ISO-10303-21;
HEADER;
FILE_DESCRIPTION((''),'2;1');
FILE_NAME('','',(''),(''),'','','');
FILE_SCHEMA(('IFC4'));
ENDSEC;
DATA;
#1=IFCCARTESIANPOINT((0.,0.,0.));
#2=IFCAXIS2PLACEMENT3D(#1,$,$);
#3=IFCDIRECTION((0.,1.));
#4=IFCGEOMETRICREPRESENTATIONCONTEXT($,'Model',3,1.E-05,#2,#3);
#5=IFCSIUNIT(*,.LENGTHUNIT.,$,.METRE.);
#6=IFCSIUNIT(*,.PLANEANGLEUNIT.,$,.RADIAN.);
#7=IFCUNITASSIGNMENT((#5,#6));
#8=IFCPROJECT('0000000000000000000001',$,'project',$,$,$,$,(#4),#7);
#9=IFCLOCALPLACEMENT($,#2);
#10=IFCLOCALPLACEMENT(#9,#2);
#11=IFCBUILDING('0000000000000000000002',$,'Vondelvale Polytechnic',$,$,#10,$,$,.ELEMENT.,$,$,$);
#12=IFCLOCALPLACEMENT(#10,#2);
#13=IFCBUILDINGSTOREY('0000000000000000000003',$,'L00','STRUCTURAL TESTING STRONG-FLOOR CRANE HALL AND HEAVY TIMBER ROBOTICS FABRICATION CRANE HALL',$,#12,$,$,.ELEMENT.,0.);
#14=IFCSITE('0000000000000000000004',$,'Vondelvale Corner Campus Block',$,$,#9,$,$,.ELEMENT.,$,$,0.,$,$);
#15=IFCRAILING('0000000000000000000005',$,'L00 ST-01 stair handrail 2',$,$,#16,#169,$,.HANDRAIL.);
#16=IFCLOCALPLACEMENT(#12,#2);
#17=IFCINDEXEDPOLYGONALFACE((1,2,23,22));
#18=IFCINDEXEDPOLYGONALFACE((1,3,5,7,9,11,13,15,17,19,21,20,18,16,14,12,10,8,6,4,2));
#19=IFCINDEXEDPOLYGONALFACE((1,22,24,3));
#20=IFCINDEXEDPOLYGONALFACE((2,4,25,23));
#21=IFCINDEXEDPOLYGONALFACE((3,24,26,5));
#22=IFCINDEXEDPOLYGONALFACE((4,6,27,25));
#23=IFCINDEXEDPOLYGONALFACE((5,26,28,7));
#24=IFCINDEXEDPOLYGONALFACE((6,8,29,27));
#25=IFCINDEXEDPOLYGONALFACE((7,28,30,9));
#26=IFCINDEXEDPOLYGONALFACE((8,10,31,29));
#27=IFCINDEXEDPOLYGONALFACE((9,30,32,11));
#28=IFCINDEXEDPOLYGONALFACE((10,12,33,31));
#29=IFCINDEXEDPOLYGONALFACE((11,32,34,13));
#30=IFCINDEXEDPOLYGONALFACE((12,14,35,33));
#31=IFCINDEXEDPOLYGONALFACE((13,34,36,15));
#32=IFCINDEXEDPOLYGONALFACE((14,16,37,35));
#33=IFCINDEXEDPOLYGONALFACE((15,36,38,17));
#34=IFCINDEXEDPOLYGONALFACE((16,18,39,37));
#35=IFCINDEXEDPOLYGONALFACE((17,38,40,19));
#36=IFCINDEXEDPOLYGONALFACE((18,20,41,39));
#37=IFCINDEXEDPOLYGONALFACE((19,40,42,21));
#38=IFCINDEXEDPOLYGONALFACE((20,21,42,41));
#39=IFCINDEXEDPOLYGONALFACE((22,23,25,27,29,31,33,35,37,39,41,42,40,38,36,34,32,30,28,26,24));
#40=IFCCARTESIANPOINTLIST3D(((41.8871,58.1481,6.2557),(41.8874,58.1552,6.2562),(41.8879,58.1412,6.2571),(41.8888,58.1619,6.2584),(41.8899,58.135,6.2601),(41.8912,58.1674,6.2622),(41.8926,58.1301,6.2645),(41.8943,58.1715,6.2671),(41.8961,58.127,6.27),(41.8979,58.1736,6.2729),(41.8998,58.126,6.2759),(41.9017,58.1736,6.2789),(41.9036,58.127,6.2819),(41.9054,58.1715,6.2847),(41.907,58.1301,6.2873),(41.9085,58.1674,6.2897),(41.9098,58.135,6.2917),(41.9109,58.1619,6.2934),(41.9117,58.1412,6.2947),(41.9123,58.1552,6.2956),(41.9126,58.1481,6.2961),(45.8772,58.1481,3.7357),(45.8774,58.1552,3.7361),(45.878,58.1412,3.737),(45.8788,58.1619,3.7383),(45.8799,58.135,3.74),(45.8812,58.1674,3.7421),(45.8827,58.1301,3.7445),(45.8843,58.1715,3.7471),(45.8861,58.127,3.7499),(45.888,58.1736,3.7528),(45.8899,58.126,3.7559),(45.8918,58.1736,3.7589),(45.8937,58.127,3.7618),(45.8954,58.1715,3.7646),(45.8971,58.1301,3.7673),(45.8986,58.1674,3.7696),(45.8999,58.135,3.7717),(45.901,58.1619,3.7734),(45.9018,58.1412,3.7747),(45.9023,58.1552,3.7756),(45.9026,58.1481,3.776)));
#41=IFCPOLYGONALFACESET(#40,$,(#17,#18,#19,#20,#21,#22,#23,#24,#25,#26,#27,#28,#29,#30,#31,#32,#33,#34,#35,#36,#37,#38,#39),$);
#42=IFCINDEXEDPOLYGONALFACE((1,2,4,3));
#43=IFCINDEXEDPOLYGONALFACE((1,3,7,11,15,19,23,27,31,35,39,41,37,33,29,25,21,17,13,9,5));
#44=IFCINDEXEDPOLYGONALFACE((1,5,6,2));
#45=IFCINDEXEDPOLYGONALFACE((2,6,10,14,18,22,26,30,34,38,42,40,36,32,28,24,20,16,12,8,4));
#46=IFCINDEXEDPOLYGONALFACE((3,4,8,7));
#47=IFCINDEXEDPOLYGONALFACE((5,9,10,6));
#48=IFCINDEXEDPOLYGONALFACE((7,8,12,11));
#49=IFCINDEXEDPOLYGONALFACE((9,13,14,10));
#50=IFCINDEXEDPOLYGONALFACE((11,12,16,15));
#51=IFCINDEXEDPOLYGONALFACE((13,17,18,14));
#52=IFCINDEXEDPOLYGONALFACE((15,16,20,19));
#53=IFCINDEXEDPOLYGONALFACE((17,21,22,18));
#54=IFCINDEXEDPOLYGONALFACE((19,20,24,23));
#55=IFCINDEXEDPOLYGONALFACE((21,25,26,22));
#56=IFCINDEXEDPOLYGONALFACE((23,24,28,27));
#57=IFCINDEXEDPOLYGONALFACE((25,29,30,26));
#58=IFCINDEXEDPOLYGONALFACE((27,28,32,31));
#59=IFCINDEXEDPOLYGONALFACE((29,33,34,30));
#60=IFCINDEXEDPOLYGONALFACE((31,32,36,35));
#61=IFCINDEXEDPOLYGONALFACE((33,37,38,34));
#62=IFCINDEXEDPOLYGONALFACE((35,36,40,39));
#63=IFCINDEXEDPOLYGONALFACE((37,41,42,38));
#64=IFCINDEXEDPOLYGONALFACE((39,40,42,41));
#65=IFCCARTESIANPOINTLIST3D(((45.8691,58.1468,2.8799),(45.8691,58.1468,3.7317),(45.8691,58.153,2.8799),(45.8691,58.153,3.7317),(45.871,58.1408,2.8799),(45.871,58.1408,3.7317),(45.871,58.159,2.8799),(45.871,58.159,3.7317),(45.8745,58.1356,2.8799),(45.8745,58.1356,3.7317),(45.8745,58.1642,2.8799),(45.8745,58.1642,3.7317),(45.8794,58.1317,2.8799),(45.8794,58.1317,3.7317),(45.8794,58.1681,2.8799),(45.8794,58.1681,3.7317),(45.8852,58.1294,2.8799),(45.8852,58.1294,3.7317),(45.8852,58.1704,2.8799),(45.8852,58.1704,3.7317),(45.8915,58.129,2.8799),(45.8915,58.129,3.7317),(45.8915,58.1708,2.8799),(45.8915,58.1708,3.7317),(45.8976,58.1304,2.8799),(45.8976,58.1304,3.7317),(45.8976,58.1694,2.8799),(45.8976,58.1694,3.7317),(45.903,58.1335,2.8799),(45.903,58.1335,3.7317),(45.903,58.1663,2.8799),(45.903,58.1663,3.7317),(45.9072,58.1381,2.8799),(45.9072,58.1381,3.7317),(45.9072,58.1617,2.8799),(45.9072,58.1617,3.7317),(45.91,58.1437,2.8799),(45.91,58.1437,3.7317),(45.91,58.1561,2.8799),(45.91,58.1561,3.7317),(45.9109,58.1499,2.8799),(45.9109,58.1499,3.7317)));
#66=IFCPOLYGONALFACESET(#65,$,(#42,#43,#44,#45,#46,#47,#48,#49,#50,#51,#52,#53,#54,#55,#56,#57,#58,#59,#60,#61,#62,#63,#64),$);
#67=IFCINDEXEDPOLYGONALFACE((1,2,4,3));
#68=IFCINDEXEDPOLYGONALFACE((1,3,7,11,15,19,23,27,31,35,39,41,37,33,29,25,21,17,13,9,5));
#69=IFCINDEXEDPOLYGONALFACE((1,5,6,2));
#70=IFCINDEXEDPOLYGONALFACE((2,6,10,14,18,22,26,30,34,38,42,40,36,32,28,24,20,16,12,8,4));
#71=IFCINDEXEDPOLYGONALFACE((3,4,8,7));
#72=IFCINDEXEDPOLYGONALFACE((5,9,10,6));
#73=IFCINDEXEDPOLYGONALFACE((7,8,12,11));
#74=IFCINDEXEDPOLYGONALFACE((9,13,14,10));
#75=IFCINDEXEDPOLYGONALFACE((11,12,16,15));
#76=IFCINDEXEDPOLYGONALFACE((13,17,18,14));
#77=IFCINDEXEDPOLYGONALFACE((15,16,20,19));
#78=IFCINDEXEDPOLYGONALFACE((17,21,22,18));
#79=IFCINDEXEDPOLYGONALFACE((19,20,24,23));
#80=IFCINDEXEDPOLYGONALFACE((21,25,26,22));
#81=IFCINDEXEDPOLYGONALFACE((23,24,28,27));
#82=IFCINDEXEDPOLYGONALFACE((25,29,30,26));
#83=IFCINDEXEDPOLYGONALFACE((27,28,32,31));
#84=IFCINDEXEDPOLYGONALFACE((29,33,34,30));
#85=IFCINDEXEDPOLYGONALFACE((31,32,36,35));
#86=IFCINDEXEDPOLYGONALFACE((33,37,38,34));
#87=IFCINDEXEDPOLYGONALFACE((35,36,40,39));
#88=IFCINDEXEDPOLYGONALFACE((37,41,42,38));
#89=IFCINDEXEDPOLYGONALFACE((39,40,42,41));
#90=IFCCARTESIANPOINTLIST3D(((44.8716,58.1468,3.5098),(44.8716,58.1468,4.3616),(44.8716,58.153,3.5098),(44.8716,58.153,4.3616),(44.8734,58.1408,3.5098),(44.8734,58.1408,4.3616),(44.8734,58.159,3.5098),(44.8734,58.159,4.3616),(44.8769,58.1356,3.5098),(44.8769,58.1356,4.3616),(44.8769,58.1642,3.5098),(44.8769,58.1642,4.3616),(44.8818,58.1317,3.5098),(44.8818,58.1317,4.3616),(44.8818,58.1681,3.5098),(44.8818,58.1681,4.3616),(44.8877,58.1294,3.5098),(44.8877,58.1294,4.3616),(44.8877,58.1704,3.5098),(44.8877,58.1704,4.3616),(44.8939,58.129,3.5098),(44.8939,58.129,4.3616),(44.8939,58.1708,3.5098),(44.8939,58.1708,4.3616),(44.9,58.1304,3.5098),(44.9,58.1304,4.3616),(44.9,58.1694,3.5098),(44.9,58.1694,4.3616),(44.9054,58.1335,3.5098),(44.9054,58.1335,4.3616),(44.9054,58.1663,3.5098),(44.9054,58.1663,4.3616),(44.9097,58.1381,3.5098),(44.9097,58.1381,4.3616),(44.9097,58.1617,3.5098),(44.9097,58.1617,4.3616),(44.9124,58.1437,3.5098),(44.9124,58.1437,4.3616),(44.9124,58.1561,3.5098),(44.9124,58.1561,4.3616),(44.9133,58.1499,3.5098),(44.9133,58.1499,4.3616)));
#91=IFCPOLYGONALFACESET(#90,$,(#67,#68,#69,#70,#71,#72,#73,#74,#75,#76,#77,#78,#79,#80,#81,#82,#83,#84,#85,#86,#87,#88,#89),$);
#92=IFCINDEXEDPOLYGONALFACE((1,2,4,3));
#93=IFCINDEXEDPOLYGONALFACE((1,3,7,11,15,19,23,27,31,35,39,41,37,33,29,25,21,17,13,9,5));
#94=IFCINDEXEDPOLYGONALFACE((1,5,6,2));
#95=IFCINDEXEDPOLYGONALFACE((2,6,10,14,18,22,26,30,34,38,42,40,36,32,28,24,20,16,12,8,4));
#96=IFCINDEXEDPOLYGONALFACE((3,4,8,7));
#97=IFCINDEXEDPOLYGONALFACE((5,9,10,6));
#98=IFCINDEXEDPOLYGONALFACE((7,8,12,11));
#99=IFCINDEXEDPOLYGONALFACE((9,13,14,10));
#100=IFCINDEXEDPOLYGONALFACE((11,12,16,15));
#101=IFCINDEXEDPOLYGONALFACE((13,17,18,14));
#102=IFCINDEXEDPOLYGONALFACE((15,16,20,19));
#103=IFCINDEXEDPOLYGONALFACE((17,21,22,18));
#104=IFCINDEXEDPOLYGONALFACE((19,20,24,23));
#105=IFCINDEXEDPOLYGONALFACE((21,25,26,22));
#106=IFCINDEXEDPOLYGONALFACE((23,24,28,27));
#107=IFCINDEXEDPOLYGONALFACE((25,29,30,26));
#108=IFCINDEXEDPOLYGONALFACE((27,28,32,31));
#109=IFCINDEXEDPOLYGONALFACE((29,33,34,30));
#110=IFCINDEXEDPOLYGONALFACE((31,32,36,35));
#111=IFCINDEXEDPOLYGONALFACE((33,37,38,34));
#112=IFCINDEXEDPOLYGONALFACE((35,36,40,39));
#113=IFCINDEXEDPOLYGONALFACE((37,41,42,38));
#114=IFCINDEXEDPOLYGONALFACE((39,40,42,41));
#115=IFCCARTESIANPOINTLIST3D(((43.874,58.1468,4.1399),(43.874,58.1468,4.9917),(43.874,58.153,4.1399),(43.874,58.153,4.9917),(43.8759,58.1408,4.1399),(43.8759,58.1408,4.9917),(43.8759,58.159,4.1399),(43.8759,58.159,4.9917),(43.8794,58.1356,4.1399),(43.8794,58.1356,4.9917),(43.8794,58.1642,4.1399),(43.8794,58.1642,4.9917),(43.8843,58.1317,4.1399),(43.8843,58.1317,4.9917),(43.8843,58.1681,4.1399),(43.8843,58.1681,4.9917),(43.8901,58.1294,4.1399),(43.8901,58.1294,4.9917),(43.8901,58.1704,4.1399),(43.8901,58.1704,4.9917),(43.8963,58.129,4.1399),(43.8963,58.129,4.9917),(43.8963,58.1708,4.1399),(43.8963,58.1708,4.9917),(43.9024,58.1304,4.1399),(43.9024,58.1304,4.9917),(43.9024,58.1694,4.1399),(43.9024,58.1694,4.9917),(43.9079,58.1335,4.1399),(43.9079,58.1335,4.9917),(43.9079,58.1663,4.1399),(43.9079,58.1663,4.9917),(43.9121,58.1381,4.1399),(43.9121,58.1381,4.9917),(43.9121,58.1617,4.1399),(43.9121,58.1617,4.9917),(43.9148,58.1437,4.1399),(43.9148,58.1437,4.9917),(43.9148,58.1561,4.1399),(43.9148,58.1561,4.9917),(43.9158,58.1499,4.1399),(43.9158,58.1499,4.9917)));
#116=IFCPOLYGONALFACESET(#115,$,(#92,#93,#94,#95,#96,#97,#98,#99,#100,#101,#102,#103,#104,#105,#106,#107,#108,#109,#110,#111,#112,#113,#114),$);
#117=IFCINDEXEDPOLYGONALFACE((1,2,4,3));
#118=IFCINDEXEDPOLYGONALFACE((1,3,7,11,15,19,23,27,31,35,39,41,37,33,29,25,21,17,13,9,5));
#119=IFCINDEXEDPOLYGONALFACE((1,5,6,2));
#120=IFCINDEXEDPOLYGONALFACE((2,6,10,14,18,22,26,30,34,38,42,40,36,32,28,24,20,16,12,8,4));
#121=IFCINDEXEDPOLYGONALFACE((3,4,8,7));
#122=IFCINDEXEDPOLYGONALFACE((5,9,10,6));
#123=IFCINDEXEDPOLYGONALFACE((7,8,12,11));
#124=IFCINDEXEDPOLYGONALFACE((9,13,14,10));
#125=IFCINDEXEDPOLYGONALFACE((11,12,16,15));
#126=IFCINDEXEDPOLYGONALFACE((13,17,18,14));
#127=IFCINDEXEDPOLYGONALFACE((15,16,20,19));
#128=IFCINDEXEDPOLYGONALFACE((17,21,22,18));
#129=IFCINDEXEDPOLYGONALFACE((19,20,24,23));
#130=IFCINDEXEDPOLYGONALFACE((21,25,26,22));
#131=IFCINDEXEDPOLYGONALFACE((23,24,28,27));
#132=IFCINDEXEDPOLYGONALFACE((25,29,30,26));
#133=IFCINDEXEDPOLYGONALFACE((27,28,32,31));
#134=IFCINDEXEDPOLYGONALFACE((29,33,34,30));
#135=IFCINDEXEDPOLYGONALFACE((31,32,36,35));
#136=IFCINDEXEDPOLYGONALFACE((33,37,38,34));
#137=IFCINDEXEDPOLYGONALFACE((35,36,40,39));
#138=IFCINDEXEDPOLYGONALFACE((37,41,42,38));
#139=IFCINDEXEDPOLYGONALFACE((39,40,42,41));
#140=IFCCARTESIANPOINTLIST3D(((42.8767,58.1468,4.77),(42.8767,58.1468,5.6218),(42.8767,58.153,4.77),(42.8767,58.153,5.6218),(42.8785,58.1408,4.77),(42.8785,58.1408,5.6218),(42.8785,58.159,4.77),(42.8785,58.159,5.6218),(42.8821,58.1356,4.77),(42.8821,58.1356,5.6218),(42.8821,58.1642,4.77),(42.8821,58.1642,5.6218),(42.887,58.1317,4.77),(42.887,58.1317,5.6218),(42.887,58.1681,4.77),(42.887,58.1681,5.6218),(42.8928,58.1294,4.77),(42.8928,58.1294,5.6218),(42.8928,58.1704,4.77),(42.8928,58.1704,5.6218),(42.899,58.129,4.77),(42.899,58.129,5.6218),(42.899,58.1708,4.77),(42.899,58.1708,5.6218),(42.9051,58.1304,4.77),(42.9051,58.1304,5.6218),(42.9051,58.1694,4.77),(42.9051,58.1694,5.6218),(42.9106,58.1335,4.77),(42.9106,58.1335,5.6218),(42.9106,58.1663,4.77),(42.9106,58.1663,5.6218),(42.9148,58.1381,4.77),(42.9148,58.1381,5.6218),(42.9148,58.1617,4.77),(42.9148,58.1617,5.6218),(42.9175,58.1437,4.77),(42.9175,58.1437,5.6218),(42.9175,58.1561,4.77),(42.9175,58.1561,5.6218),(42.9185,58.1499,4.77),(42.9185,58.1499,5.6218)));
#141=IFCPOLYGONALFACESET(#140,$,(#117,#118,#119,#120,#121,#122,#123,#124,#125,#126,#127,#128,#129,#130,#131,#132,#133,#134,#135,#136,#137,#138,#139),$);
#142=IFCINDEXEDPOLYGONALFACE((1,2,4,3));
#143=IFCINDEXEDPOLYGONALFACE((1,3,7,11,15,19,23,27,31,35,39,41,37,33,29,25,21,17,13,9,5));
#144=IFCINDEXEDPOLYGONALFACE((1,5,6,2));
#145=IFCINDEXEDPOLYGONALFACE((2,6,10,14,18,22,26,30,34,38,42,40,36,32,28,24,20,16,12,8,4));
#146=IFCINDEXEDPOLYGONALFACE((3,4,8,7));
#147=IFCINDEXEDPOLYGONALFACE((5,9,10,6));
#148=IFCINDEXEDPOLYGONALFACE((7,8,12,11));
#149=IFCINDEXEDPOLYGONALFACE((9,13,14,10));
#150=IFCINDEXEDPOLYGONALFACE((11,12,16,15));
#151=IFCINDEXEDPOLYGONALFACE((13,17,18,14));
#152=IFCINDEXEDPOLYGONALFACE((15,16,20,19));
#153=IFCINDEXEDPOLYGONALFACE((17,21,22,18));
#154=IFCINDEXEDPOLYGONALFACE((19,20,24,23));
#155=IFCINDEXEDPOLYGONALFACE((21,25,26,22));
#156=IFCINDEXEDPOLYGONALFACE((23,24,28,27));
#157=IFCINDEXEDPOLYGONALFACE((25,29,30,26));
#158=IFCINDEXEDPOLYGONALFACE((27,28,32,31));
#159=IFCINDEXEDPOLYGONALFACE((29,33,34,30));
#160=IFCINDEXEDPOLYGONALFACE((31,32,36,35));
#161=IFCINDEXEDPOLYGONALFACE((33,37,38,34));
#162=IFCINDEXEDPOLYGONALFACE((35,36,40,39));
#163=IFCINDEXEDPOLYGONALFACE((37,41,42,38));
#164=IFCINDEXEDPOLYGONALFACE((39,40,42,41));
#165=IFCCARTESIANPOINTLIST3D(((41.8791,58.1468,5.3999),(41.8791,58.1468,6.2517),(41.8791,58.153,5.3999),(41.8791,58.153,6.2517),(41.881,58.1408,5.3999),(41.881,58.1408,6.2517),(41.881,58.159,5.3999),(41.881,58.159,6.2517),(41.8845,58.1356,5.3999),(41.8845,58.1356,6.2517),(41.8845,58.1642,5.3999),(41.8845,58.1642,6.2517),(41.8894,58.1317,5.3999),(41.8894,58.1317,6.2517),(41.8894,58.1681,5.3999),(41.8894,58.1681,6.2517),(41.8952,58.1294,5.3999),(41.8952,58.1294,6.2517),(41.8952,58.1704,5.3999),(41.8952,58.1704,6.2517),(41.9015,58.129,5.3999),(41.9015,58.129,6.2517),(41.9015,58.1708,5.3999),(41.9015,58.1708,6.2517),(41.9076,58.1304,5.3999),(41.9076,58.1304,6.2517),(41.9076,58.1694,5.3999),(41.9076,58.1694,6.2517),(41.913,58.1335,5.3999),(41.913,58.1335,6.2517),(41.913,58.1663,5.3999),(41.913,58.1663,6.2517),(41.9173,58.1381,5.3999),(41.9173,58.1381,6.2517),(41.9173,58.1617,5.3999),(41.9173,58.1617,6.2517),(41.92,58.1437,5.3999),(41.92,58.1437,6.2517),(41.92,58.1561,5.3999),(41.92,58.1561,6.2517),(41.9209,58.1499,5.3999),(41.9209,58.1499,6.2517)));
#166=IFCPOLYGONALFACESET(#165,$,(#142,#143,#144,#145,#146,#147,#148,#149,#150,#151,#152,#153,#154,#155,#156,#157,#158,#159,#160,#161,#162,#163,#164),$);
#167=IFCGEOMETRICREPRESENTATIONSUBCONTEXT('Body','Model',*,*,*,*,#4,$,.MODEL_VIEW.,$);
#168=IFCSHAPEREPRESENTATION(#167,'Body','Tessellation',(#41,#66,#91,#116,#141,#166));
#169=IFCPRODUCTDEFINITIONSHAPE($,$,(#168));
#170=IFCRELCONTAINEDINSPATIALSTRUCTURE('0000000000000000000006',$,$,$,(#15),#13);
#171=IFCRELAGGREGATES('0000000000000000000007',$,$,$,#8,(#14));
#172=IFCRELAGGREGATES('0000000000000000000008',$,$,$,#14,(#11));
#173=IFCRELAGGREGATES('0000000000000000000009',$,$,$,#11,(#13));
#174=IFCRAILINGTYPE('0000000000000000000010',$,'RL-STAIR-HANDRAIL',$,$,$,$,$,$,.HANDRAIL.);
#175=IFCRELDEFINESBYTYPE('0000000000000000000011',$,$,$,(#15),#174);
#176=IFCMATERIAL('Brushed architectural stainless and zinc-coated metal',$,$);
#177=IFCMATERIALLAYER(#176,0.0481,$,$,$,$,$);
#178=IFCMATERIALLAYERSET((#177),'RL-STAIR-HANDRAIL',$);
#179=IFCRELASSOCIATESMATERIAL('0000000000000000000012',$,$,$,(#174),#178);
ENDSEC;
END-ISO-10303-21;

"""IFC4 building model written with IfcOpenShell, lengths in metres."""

from ifc_helpers import new_model, si_unit, direction, frame, origin, origin_2d, place, context, subcontext, project, spatial, circle, extrude, material, layer, layer_set, type_object, element, save


model = new_model("IFC4")

# Units and contexts
model_context = context("Model", 3, precision=1e-05, world=origin(), true_north=direction((0.0, 1.0)))
body_context = subcontext(model_context, "Body", "Model", "MODEL_VIEW")
ifc_project = project(units=[si_unit("LENGTHUNIT", "METRE"), si_unit("PLANEANGLEUNIT", "RADIAN")], contexts=[model_context])

# Site, building, storey
site_placement = place(None, origin())
site = spatial("IfcSite", under=ifc_project, at=site_placement, Name="Vondelvale Corner Campus Block", CompositionType="ELEMENT", RefElevation=0.0)
building_placement = place(site_placement, origin())
building = spatial("IfcBuilding", under=site, at=building_placement, Name="Vondelvale Polytechnic", CompositionType="ELEMENT")
storey_placement = place(building_placement, origin())
storey = spatial("IfcBuildingStorey", under=building, at=storey_placement, Name="L00", Description="STRUCTURAL TESTING STRONG-FLOOR CRANE HALL AND HEAVY TIMBER ROBOTICS FABRICATION CRANE HALL", CompositionType="ELEMENT", Elevation=0.0)

# Railing
ifc_material_1 = material(Name="Brushed architectural stainless and zinc-coated metal")
ifc_layer_1 = layer(ifc_material_1, 0.0481)
ifc_layer_set_1 = layer_set([ifc_layer_1], Name="RL-STAIR-HANDRAIL")
railing_type_1 = type_object("IfcRailingType", Name="RL-STAIR-HANDRAIL", PredefinedType="HANDRAIL", material=ifc_layer_set_1)
railing_1_placement = place(storey_placement, frame((45.8899, 58.1499, 2.8799)))
element("IfcRailing", 1, at=railing_1_placement, inside=storey, type_object=railing_type_1, Name="L00 ST-01 stair handrail 2", PredefinedType="HANDRAIL", context=body_context, shape_type="SweptSolid", body=[
    extrude(circle(Radius=0.0239, at=origin_2d()), frame((0.0, 0.0, 0.876), z_axis=(-0.845486, 0.0, 0.533997), x_axis=(0.0, -1.0, 0.0)), (0.0, 0.0, 1.0), 4.7192),
    extrude(circle(Radius=0.021, at=origin_2d()), origin(), (0.0, 0.0, 1.0), 0.8518),
    extrude(circle(Radius=0.021, at=origin_2d()), frame((-0.9976, 0.0, 0.6299)), (0.0, 0.0, 1.0), 0.8518),
    extrude(circle(Radius=0.021, at=origin_2d()), frame((-1.9951, 0.0, 1.26)), (0.0, 0.0, 1.0), 0.8518),
    extrude(circle(Radius=0.021, at=origin_2d()), frame((-2.9924, 0.0, 1.8901)), (0.0, 0.0, 1.0), 0.8518),
    extrude(circle(Radius=0.021, at=origin_2d()), frame((-3.99, 0.0, 2.52)), (0.0, 0.0, 1.0), 0.8518),
])

save(model, "model.ifc")
